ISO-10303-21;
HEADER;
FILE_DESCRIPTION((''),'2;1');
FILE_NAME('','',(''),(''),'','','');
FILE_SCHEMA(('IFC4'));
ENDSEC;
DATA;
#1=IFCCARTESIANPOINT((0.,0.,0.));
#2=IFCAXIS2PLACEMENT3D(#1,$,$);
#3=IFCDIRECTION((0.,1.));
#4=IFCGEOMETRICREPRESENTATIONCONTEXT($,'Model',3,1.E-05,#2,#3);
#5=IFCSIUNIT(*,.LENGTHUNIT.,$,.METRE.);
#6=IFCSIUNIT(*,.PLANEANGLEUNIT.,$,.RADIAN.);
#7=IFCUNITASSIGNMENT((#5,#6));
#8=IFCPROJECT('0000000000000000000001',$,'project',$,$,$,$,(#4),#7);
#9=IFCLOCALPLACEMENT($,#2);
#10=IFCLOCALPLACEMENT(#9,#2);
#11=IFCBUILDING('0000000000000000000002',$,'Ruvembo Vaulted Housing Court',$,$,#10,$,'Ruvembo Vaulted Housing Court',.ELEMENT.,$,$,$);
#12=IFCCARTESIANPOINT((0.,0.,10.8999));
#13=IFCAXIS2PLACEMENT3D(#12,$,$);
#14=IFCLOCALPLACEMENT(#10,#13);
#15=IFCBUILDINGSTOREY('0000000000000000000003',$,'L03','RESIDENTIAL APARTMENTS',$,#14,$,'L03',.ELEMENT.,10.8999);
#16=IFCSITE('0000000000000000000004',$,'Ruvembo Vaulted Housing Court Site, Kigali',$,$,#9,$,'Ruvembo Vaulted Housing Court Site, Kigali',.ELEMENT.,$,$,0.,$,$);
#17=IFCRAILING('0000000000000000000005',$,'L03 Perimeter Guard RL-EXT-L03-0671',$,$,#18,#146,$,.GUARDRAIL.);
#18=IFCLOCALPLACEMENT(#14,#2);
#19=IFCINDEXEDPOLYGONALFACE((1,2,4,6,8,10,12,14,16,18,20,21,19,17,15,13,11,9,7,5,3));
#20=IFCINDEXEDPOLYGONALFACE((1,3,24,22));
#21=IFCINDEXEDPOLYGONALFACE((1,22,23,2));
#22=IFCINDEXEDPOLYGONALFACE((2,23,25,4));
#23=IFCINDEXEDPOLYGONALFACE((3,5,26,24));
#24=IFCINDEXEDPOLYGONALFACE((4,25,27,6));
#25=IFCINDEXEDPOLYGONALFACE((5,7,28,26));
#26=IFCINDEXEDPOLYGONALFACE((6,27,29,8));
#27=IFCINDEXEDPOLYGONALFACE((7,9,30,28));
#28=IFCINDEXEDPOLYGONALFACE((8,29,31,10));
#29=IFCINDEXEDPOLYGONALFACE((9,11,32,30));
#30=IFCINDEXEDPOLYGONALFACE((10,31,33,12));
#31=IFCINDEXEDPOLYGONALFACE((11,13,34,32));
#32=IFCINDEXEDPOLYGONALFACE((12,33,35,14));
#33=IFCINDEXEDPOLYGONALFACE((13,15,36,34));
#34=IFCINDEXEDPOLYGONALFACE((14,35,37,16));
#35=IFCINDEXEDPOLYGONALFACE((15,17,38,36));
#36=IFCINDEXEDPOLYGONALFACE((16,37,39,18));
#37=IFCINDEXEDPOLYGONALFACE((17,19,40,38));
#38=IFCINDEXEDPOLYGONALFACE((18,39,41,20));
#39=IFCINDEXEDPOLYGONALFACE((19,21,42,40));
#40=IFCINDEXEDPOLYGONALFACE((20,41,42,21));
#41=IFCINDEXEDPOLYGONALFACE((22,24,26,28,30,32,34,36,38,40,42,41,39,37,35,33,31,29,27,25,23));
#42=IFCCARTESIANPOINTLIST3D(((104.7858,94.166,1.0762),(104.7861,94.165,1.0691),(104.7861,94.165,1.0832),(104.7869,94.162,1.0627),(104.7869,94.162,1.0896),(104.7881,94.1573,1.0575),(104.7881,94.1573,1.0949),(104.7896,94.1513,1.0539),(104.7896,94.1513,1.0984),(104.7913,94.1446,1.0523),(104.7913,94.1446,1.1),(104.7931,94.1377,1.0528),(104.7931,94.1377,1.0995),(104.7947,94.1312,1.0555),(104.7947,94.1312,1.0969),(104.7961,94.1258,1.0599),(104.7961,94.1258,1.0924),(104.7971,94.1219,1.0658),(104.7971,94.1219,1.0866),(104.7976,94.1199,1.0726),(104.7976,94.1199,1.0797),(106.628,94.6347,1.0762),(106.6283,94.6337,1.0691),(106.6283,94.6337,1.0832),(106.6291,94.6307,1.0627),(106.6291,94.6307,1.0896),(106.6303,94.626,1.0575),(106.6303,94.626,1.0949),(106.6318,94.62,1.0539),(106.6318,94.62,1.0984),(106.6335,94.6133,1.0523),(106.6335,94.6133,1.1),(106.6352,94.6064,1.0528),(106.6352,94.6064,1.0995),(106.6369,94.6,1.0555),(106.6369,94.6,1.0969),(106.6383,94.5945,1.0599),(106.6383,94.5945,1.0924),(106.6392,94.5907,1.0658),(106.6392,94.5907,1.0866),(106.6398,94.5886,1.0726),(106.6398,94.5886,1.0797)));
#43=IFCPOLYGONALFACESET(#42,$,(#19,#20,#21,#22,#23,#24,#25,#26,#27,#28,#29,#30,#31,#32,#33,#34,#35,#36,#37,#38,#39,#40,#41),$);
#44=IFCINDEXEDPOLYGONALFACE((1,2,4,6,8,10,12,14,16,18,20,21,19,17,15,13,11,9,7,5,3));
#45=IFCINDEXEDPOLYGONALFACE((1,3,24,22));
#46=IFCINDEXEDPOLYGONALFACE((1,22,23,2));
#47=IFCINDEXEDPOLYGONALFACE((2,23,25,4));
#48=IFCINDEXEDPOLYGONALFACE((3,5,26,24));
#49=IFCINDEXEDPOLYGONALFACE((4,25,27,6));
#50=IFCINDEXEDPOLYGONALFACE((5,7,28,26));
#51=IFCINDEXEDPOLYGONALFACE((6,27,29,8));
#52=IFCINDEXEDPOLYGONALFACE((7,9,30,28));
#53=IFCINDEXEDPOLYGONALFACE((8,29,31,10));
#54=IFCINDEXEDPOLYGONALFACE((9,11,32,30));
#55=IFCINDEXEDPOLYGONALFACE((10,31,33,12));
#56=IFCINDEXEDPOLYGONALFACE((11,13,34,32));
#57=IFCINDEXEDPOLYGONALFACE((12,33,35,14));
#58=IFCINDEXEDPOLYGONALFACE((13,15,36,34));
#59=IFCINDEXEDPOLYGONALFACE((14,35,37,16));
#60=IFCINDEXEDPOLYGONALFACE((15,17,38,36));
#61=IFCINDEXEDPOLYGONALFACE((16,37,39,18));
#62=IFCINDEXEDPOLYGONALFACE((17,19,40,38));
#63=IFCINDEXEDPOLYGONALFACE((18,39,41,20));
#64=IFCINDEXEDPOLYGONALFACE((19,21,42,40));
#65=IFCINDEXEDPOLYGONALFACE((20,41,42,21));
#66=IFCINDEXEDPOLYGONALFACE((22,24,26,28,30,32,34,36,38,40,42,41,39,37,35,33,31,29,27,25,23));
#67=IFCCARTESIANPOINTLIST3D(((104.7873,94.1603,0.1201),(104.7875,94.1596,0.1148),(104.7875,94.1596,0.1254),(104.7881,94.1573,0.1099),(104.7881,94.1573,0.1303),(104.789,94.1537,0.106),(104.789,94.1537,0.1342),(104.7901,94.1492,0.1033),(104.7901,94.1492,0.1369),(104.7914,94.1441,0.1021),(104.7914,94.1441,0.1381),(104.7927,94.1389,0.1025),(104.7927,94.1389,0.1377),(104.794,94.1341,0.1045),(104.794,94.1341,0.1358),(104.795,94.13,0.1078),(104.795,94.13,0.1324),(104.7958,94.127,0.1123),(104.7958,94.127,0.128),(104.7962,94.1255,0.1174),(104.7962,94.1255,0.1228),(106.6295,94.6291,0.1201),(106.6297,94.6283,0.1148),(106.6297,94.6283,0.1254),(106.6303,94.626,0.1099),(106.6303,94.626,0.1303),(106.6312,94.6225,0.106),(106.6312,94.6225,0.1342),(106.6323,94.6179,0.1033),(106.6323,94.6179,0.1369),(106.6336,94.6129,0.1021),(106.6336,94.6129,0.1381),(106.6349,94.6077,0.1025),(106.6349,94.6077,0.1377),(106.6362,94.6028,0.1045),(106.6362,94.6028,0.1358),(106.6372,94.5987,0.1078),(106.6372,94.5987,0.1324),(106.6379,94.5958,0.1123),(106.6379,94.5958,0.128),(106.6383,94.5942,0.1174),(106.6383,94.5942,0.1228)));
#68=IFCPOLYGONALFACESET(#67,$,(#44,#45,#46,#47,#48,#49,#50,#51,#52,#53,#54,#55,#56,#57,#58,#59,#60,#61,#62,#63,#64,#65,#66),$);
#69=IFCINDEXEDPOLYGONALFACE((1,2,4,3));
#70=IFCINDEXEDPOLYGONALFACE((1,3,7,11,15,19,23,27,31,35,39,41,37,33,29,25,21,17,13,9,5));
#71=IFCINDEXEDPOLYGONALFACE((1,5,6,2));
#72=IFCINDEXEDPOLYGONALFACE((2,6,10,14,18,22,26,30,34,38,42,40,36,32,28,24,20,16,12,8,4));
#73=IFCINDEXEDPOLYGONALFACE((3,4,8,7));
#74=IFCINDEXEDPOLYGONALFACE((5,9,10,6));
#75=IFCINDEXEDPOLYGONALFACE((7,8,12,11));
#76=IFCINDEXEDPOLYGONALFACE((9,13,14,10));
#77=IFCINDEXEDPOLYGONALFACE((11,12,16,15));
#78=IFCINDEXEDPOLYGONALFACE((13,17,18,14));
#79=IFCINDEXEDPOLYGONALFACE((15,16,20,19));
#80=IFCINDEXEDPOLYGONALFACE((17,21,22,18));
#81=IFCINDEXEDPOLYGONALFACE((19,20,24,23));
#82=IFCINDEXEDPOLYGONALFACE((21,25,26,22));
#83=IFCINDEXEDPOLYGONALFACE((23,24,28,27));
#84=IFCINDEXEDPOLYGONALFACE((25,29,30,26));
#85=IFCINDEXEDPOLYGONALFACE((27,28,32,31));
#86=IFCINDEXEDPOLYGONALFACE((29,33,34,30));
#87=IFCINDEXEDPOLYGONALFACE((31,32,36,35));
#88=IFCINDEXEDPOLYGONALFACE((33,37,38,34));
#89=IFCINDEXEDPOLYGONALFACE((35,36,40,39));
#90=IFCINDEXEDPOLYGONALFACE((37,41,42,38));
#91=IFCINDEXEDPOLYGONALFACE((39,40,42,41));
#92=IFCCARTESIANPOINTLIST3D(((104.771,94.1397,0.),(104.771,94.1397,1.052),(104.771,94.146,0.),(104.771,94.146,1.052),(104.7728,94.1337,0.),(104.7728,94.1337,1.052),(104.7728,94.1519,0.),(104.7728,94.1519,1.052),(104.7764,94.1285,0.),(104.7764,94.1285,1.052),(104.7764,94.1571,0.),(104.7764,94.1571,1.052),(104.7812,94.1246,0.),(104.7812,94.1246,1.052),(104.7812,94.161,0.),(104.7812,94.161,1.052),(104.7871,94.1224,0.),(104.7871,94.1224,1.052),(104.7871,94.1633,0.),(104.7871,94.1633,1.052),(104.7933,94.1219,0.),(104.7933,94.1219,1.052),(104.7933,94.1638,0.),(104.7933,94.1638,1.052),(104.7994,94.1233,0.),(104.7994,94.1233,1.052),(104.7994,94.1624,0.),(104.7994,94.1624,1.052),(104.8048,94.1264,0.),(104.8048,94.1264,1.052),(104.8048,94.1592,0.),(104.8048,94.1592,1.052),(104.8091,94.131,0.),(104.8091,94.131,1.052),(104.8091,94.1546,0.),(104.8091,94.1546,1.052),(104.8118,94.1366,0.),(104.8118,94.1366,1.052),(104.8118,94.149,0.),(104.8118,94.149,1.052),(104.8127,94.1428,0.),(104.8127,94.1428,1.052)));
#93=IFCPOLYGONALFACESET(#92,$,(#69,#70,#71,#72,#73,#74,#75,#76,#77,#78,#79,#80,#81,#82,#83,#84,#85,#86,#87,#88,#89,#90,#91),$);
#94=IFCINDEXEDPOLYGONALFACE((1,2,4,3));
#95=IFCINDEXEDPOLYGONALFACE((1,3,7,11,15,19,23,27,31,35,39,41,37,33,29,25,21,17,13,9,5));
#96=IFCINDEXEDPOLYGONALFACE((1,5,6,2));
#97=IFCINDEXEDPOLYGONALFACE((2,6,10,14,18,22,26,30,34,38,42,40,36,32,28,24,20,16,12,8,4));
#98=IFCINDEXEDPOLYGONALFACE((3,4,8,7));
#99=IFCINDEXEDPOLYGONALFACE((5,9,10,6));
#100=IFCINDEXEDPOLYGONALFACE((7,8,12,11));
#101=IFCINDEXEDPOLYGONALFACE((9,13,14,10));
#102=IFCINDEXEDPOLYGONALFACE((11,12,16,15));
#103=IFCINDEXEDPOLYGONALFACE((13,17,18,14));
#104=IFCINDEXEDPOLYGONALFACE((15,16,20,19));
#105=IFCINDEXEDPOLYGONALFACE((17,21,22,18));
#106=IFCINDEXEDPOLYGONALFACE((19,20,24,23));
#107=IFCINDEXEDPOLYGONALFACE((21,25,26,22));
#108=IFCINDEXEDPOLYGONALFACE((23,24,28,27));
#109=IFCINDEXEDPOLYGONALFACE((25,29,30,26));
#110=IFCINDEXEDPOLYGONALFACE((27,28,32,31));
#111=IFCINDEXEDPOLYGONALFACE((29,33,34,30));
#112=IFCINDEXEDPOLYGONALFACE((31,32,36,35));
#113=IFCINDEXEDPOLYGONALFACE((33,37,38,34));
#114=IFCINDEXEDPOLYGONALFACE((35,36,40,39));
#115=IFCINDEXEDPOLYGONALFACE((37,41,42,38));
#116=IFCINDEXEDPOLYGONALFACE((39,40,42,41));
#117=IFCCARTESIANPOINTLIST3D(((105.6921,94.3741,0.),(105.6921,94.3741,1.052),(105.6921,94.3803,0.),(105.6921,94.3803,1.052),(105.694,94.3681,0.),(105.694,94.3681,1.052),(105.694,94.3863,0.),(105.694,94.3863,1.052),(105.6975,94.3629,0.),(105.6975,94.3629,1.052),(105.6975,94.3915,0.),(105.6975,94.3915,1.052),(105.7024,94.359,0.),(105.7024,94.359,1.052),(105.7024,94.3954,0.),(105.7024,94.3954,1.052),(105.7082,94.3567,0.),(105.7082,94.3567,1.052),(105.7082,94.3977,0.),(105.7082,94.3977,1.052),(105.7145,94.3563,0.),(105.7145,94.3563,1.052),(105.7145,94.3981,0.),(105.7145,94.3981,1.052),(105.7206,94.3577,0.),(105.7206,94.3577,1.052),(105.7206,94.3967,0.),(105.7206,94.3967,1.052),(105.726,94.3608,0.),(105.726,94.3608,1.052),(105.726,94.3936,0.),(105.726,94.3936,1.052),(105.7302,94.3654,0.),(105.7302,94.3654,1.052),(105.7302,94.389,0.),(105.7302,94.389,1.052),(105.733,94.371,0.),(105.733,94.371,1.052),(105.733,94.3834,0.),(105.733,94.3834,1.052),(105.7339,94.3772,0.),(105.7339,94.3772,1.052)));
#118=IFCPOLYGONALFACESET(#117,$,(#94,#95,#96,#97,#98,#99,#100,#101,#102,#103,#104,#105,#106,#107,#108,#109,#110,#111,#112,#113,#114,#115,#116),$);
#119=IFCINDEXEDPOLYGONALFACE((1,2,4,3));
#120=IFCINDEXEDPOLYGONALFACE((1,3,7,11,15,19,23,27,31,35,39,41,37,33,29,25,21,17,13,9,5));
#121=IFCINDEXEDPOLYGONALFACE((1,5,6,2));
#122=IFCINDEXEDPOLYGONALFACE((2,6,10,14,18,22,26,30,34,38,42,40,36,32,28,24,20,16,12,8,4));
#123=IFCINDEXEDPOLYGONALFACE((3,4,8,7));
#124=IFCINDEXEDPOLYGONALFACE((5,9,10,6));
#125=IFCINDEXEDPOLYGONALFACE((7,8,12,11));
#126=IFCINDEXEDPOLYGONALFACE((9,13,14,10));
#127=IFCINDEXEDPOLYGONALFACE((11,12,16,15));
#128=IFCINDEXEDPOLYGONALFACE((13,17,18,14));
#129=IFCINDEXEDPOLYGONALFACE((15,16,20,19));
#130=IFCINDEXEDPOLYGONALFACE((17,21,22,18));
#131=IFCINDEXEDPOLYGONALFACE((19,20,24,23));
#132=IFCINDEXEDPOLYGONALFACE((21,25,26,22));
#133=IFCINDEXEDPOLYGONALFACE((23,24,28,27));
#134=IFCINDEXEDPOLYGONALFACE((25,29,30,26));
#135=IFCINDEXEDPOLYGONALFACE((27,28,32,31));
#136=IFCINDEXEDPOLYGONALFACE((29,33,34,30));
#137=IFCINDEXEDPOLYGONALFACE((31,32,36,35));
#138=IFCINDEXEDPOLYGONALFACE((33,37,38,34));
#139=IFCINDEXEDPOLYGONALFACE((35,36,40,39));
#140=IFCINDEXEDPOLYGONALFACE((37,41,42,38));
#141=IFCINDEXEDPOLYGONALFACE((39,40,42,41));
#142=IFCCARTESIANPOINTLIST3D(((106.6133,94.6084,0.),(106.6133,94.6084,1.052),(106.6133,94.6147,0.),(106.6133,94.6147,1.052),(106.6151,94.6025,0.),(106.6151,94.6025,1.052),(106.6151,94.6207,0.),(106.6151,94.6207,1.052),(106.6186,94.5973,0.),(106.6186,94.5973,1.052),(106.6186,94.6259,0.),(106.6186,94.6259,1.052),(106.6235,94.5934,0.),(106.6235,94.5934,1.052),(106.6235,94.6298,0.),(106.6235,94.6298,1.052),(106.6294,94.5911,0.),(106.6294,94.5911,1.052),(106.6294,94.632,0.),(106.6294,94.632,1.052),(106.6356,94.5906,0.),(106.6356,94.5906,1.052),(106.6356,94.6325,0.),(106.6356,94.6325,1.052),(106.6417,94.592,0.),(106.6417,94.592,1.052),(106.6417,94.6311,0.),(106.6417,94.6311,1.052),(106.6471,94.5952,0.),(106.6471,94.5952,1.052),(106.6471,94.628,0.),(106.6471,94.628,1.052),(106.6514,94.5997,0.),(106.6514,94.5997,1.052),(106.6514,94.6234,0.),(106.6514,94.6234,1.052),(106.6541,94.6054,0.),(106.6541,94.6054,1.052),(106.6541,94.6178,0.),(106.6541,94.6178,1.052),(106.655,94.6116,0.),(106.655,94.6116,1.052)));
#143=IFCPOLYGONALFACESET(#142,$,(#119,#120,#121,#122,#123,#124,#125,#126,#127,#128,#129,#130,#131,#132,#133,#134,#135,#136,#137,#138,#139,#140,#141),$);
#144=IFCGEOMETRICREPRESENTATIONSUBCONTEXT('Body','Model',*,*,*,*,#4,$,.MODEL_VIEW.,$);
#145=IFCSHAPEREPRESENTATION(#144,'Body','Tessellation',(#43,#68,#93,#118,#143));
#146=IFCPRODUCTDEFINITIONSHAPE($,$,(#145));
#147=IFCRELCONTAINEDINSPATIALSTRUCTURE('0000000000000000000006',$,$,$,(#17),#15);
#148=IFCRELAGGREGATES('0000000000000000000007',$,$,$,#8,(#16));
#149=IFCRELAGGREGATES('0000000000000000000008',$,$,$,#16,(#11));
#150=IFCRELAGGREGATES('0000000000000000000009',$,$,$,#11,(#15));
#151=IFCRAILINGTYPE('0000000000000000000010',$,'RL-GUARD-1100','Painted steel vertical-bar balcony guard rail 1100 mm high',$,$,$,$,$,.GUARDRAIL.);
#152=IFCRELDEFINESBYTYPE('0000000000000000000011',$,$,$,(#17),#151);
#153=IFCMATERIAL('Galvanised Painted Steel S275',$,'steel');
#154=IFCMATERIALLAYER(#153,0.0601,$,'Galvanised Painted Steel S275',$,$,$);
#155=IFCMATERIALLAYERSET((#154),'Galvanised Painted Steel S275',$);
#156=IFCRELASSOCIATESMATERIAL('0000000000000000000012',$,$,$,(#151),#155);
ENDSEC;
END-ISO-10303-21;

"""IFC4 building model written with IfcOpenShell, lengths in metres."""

from ifc_helpers import new_model, si_unit, direction, frame, origin, origin_2d, place, context, subcontext, project, spatial, circle, extrude, material, layer, layer_set, type_object, element, save


model = new_model("IFC4")

# Units and contexts
model_context = context("Model", 3, precision=1e-05, world=origin(), true_north=direction((0.0, 1.0)))
body_context = subcontext(model_context, "Body", "Model", "MODEL_VIEW")
ifc_project = project(units=[si_unit("LENGTHUNIT", "METRE"), si_unit("PLANEANGLEUNIT", "RADIAN")], contexts=[model_context])

# Site, building, storey
site_placement = place(None, origin())
site = spatial("IfcSite", under=ifc_project, at=site_placement, Name="Ruvembo Vaulted Housing Court Site, Kigali", LongName="Ruvembo Vaulted Housing Court Site, Kigali", CompositionType="ELEMENT", RefElevation=0.0)
building_placement = place(site_placement, origin())
building = spatial("IfcBuilding", under=site, at=building_placement, Name="Ruvembo Vaulted Housing Court", LongName="Ruvembo Vaulted Housing Court", CompositionType="ELEMENT")
storey_placement = place(building_placement, frame((0.0, 0.0, 10.8999)))
storey = spatial("IfcBuildingStorey", under=building, at=storey_placement, Name="L03", Description="RESIDENTIAL APARTMENTS", LongName="L03", CompositionType="ELEMENT", Elevation=10.8999)

# Railing
ifc_material_1 = material(Name="Galvanised Painted Steel S275", Category="steel")
ifc_layer_1 = layer(ifc_material_1, 0.0601, Name="Galvanised Painted Steel S275")
ifc_layer_set_1 = layer_set([ifc_layer_1], Name="Galvanised Painted Steel S275")
railing_type = type_object("IfcRailingType", Name="RL-GUARD-1100", Description="Painted steel vertical-bar balcony guard rail 1100 mm high", PredefinedType="GUARDRAIL", material=ifc_layer_set_1)
railing_1_placement = place(storey_placement, frame((104.7917, 94.1428, 0.0)))
element("IfcRailing", 1, at=railing_1_placement, inside=storey, type_object=railing_type, Name="L03 Perimeter Guard RL-EXT-L03-0671", PredefinedType="GUARDRAIL", context=body_context, shape_type="SweptSolid", body=[
    extrude(circle(Radius=0.0239, at=origin_2d()), frame((0.0, 0.0, 1.0762), z_axis=(0.969122, 0.246583, 0.0), x_axis=(-0.246583, 0.969122, 0.0)), (0.0, 0.0, 1.0), 1.9009),
    extrude(circle(Radius=0.0181, at=origin_2d()), frame((0.0, 0.0, 0.1201), z_axis=(0.969122, 0.246583, 0.0), x_axis=(-0.246583, 0.969122, 0.0)), (0.0, 0.0, 1.0), 1.9009),
    extrude(circle(Radius=0.021, at=origin_2d()), origin(), (0.0, 0.0, 1.0), 1.052),
    extrude(circle(Radius=0.021, at=origin_2d()), frame((0.9211, 0.2344, 0.0)), (0.0, 0.0, 1.0), 1.052),
    extrude(circle(Radius=0.021, at=origin_2d()), frame((1.8423, 0.4688, 0.0)), (0.0, 0.0, 1.0), 1.052),
])

save(model, "model.ifc")
